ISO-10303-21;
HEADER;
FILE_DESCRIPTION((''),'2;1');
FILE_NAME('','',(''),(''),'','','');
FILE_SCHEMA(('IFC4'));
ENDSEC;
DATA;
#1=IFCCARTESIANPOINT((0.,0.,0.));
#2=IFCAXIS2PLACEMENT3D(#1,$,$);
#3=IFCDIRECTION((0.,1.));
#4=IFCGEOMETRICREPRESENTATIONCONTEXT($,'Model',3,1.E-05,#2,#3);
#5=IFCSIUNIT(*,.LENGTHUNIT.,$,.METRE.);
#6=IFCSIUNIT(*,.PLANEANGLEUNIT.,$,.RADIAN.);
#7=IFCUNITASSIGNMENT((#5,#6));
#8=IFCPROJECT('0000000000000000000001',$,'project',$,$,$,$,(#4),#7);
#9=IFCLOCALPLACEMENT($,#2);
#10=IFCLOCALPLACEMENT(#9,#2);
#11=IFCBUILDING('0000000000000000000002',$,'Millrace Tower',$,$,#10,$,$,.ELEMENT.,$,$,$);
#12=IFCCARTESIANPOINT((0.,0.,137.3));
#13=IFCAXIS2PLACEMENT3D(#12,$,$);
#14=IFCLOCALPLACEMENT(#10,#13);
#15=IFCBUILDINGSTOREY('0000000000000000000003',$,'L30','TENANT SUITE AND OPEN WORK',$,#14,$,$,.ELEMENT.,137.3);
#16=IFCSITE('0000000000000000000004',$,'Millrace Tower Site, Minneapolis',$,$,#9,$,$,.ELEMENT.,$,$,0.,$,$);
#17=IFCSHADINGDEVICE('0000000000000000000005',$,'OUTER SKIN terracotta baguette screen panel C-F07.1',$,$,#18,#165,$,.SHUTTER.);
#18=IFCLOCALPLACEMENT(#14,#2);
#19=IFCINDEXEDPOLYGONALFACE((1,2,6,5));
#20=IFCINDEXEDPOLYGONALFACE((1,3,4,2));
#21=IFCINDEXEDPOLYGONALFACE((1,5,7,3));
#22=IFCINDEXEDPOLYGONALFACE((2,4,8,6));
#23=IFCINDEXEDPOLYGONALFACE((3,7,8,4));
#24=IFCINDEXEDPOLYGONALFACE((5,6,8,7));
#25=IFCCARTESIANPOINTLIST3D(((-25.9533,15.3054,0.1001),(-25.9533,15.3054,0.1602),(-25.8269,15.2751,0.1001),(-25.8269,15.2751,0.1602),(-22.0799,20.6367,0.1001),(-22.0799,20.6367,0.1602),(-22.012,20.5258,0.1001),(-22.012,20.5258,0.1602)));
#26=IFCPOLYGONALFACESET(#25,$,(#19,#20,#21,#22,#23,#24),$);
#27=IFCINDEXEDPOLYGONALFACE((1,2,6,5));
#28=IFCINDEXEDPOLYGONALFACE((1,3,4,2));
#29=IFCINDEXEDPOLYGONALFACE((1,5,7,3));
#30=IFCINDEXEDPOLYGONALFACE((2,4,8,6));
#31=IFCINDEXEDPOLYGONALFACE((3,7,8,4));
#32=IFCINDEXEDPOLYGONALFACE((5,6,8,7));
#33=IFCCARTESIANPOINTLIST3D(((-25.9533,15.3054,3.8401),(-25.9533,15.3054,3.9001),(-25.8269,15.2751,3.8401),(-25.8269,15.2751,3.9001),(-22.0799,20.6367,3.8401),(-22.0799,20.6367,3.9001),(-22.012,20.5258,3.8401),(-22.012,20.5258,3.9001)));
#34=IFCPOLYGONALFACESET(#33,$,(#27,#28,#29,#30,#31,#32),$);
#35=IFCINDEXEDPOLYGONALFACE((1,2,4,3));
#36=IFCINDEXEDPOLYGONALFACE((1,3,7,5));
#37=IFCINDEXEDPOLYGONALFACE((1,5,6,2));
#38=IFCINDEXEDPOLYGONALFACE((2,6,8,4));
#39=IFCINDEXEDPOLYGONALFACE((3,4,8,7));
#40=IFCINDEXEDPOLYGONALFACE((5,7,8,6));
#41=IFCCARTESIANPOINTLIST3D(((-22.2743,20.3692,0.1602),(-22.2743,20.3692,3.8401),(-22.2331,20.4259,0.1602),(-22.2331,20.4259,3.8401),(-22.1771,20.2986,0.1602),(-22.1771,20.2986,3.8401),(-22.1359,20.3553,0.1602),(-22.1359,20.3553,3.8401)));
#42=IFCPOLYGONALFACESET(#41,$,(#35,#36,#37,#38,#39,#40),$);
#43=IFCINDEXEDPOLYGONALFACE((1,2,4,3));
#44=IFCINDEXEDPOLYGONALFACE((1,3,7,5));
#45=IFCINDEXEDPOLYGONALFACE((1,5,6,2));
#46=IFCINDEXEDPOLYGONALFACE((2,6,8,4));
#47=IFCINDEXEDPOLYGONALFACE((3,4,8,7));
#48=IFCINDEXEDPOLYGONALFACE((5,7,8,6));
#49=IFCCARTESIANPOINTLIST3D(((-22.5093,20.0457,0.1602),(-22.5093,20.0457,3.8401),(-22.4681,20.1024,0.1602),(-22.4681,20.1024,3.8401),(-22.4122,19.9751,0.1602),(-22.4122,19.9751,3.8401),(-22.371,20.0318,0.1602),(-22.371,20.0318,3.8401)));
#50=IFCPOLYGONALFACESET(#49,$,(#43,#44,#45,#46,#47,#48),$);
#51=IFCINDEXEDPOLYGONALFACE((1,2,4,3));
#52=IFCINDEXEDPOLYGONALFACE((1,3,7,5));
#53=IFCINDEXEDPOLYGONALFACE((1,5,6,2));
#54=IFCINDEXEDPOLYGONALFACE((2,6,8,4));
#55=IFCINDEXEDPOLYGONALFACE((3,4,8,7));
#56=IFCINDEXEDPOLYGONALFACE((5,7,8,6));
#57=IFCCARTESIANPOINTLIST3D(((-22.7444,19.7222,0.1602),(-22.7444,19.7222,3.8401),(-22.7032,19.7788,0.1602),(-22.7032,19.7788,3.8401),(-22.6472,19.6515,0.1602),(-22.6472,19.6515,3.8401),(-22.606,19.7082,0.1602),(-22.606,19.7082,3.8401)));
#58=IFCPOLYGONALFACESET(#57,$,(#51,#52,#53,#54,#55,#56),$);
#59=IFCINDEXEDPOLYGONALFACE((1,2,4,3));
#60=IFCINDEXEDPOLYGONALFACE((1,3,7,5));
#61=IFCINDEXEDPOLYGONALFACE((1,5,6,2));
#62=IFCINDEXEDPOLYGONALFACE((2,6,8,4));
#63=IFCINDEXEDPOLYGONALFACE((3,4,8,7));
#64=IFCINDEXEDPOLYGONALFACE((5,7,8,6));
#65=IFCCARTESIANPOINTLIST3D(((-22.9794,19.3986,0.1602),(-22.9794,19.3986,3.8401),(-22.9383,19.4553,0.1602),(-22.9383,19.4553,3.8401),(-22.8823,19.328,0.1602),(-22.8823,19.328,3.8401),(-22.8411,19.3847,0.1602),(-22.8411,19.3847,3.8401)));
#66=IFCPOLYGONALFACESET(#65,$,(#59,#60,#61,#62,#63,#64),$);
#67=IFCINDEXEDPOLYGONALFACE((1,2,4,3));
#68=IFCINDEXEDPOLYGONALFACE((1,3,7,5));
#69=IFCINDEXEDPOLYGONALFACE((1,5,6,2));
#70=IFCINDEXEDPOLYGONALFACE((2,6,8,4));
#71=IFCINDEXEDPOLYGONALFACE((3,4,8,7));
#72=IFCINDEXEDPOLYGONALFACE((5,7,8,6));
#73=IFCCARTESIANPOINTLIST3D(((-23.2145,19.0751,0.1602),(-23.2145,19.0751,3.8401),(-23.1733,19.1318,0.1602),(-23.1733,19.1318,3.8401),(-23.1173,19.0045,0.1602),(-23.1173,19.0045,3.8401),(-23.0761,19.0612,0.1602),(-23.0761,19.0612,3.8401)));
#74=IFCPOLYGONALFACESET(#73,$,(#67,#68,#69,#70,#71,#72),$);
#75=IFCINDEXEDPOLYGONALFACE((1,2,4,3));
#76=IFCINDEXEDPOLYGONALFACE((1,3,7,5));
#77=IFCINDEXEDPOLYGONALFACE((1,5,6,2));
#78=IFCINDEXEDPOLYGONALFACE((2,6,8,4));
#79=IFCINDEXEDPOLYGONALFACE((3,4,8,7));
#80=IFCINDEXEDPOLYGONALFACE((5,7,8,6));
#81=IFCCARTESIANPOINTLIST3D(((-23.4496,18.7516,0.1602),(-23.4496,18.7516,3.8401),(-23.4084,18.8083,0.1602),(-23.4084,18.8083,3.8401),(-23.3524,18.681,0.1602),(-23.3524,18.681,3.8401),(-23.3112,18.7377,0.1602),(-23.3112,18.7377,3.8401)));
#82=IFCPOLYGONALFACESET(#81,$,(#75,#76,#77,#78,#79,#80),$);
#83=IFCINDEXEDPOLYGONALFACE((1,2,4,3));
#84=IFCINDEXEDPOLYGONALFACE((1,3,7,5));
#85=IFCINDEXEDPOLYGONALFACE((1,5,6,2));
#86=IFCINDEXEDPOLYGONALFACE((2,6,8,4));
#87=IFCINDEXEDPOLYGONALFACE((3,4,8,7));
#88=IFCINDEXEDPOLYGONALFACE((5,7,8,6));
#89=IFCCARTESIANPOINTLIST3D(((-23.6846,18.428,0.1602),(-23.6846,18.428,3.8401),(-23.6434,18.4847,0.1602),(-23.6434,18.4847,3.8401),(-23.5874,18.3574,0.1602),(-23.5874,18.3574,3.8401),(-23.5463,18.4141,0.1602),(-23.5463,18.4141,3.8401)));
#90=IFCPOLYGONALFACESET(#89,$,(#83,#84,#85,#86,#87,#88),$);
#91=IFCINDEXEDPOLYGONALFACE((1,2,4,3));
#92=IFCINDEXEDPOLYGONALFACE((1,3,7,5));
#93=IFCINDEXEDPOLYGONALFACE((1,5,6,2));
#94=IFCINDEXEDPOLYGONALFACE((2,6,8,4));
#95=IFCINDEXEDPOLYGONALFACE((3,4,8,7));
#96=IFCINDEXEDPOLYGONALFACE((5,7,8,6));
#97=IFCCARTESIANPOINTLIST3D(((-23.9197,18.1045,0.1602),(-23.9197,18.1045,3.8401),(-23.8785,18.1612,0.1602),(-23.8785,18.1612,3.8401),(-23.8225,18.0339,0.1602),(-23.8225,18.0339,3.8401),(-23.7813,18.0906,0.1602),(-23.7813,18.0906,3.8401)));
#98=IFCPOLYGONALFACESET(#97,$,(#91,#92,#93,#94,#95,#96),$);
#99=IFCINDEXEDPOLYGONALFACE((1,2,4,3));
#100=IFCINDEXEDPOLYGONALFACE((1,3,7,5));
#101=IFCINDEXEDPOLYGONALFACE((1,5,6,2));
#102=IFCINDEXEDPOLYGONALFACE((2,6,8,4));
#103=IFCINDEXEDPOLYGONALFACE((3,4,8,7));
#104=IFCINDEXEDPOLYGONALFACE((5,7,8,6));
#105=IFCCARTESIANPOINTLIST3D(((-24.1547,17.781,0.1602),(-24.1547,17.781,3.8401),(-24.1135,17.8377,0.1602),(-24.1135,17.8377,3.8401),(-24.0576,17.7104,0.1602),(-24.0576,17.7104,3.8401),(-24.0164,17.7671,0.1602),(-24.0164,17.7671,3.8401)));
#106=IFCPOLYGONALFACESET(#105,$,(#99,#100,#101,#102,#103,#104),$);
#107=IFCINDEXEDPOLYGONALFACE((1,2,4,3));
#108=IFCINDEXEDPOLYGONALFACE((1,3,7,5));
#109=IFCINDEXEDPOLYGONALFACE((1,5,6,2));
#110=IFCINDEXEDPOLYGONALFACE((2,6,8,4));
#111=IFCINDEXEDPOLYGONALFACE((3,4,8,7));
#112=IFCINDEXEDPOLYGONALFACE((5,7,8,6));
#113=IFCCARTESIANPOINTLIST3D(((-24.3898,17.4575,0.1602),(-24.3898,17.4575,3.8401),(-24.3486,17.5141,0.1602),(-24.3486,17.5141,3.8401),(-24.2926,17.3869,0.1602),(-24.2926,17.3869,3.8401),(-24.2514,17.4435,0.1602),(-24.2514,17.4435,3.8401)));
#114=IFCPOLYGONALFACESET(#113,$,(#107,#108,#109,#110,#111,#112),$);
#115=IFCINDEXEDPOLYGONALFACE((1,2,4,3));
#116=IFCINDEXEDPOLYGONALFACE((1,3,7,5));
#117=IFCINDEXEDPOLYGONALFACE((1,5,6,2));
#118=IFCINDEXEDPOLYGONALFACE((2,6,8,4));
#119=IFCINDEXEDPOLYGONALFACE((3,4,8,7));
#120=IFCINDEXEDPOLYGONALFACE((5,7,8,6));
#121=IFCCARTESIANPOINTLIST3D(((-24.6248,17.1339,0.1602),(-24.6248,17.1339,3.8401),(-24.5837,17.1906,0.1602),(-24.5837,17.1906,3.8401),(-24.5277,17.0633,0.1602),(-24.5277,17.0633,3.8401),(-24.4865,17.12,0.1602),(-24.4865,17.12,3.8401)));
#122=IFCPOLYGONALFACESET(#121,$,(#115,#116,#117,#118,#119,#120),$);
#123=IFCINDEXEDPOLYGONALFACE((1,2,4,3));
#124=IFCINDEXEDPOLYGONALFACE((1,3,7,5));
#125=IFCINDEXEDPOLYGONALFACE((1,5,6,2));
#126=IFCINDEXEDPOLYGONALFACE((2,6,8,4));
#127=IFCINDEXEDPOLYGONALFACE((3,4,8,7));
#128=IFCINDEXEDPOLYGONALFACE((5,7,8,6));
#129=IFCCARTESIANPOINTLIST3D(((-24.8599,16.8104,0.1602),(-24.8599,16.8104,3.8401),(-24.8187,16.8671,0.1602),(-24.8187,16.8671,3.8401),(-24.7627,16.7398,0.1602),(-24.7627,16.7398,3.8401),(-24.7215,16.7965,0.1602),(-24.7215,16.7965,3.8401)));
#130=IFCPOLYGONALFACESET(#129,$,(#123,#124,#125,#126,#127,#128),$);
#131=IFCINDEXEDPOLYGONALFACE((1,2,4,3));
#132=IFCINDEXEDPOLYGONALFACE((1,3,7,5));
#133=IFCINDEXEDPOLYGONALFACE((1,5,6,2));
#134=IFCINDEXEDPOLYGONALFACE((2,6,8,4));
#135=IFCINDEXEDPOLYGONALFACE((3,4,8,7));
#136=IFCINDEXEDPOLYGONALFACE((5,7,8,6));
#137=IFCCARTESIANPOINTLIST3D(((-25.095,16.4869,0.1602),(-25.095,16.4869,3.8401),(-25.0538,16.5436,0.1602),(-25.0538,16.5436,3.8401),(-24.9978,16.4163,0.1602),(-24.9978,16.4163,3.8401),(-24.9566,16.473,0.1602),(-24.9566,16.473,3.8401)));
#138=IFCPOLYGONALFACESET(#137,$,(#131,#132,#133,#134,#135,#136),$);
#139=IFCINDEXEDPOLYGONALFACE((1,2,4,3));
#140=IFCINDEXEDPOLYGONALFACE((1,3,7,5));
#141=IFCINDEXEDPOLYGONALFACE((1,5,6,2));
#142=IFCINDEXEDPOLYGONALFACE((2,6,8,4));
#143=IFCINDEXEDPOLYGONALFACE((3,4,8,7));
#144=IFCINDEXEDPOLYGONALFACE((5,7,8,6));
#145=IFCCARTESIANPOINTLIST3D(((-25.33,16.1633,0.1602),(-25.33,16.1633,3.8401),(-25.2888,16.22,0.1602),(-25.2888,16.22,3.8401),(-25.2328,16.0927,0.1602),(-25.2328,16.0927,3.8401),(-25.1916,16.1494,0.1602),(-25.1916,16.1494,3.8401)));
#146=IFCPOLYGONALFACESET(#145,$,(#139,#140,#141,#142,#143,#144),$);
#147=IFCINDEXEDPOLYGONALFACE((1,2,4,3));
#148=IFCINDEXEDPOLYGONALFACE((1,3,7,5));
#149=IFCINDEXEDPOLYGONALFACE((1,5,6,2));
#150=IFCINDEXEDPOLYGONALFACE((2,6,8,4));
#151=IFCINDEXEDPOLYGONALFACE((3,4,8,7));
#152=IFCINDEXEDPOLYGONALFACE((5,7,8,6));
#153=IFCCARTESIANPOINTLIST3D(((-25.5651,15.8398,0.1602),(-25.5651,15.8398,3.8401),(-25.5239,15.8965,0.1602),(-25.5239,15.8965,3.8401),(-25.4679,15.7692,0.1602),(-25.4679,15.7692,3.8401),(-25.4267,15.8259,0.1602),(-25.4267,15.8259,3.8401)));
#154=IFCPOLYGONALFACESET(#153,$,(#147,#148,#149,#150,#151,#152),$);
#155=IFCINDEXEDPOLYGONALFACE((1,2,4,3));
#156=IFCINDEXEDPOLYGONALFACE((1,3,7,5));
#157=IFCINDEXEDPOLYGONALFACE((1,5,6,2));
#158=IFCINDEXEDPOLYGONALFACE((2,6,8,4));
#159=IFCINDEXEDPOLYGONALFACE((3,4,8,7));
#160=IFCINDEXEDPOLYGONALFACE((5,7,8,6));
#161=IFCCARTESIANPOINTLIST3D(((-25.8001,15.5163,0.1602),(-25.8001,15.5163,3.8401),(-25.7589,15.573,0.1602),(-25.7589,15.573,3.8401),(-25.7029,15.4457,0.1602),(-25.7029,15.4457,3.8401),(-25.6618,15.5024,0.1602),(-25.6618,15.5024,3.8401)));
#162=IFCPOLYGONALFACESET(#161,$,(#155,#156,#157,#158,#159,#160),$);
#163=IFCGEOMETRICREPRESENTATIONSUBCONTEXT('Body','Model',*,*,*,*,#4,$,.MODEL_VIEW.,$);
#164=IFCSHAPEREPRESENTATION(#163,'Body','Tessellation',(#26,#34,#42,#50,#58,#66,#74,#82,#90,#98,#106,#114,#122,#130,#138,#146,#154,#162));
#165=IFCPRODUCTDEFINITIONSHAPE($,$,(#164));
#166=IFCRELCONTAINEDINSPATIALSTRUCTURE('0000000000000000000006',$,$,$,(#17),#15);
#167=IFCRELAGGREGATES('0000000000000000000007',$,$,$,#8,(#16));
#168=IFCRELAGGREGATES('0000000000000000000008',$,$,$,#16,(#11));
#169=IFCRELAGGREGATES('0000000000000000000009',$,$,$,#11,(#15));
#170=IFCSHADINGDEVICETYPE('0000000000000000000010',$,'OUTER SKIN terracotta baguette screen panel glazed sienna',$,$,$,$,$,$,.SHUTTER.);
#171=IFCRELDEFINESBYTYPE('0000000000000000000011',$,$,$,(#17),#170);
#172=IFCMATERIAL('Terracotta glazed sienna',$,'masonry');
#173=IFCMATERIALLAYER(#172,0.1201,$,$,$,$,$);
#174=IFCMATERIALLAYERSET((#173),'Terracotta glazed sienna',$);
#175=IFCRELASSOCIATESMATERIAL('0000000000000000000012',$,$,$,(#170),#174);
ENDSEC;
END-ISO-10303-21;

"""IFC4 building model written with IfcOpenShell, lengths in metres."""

from ifc_helpers import new_model, entity, si_unit, direction, frame, frame_2d, origin, place, context, subcontext, project, spatial, rectangle, extrude, source, transform, mapped, material, layer, layer_set, type_object, element, save


model = new_model("IFC4")

# Units and contexts
model_context = context("Model", 3, precision=1e-05, world=origin(), true_north=direction((0.0, 1.0)))
body_context = subcontext(model_context, "Body", "Model", "MODEL_VIEW")
ifc_project = project(units=[si_unit("LENGTHUNIT", "METRE"), si_unit("PLANEANGLEUNIT", "RADIAN")], contexts=[model_context])

# Site, building, storey
site_placement = place(None, origin())
site = spatial("IfcSite", under=ifc_project, at=site_placement, Name="Millrace Tower Site, Minneapolis", CompositionType="ELEMENT", RefElevation=0.0)
building_placement = place(site_placement, origin())
building = spatial("IfcBuilding", under=site, at=building_placement, Name="Millrace Tower", CompositionType="ELEMENT")
storey_placement = place(building_placement, frame((0.0, 0.0, 137.3)))
storey = spatial("IfcBuildingStorey", under=building, at=storey_placement, Name="L30", Description="TENANT SUITE AND OPEN WORK", CompositionType="ELEMENT", Elevation=137.3)

# Shading device
ifc_material_1 = material(Name="Terracotta glazed sienna", Category="masonry")
ifc_layer_1 = layer(ifc_material_1, 0.1201)
ifc_layer_set_1 = layer_set([ifc_layer_1], Name="Terracotta glazed sienna")
shading_device_type = type_object("IfcShadingDeviceType", Name="OUTER SKIN terracotta baguette screen panel glazed sienna", PredefinedType="SHUTTER", material=ifc_layer_set_1)
cartesian_point_1 = entity("IfcCartesianPoint", [-3.2451, 0.0601])
shared_polyline_1 = entity("IfcPolyline", [cartesian_point_1, entity("IfcCartesianPoint", [3.2451, 0.0601]), entity("IfcCartesianPoint", [3.2949, -0.0601]), entity("IfcCartesianPoint", [-3.2949, -0.0601]), cartesian_point_1])
shared_shape_1 = source(origin(), body_context, "Body", "SweptSolid", [
    entity("IfcExtrudedAreaSolid", entity("IfcArbitraryClosedProfileDef", "AREA", None, shared_polyline_1), entity("IfcAxis2Placement3D", entity("IfcCartesianPoint", [0.0, 0.0, 0.0])), entity("IfcDirection", [0.0, 0.0, 1.0]), 0.0601),
    entity("IfcExtrudedAreaSolid", entity("IfcArbitraryClosedProfileDef", "AREA", None, shared_polyline_1), entity("IfcAxis2Placement3D", entity("IfcCartesianPoint", [0.0, 0.0, 3.74])), entity("IfcDirection", [0.0, 0.0, 1.0]), 0.0601),
    extrude(rectangle(XDim=0.0701, YDim=0.1201, at=frame_2d((-2.9993, 0.0))), frame((0.0, 0.0, 0.0601)), (0.0, 0.0, 1.0), 3.6799),
    extrude(rectangle(XDim=0.0701, YDim=0.1201, at=frame_2d((-2.5994, 0.0))), frame((0.0, 0.0, 0.0601)), (0.0, 0.0, 1.0), 3.6799),
    extrude(rectangle(XDim=0.0701, YDim=0.1201, at=frame_2d((-2.1995, 0.0))), frame((0.0, 0.0, 0.0601)), (0.0, 0.0, 1.0), 3.6799),
    extrude(rectangle(XDim=0.0701, YDim=0.1201, at=frame_2d((-1.7996, 0.0))), frame((0.0, 0.0, 0.0601)), (0.0, 0.0, 1.0), 3.6799),
    extrude(rectangle(XDim=0.0701, YDim=0.1201, at=frame_2d((-1.3997, 0.0))), frame((0.0, 0.0, 0.0601)), (0.0, 0.0, 1.0), 3.6799),
    extrude(rectangle(XDim=0.0701, YDim=0.1201, at=frame_2d((-0.9998, 0.0))), frame((0.0, 0.0, 0.0601)), (0.0, 0.0, 1.0), 3.6799),
    extrude(rectangle(XDim=0.0701, YDim=0.1201, at=frame_2d((-0.5999, 0.0))), frame((0.0, 0.0, 0.0601)), (0.0, 0.0, 1.0), 3.6799),
    extrude(rectangle(XDim=0.0701, YDim=0.1201, at=frame_2d((-0.2, 0.0))), frame((0.0, 0.0, 0.0601)), (0.0, 0.0, 1.0), 3.6799),
    extrude(rectangle(XDim=0.0701, YDim=0.1201, at=frame_2d((0.2, 0.0))), frame((0.0, 0.0, 0.0601)), (0.0, 0.0, 1.0), 3.6799),
    extrude(rectangle(XDim=0.0701, YDim=0.1201, at=frame_2d((0.5999, 0.0))), frame((0.0, 0.0, 0.0601)), (0.0, 0.0, 1.0), 3.6799),
    extrude(rectangle(XDim=0.0701, YDim=0.1201, at=frame_2d((0.9998, 0.0))), frame((0.0, 0.0, 0.0601)), (0.0, 0.0, 1.0), 3.6799),
    extrude(rectangle(XDim=0.0701, YDim=0.1201, at=frame_2d((1.3997, 0.0))), frame((0.0, 0.0, 0.0601)), (0.0, 0.0, 1.0), 3.6799),
    extrude(rectangle(XDim=0.0701, YDim=0.1201, at=frame_2d((1.7996, 0.0))), frame((0.0, 0.0, 0.0601)), (0.0, 0.0, 1.0), 3.6799),
    extrude(rectangle(XDim=0.0701, YDim=0.1201, at=frame_2d((2.1995, 0.0))), frame((0.0, 0.0, 0.0601)), (0.0, 0.0, 1.0), 3.6799),
    extrude(rectangle(XDim=0.0701, YDim=0.1201, at=frame_2d((2.5994, 0.0))), frame((0.0, 0.0, 0.0601)), (0.0, 0.0, 1.0), 3.6799),
    extrude(rectangle(XDim=0.0701, YDim=0.1201, at=frame_2d((2.9993, 0.0))), frame((0.0, 0.0, 0.0601)), (0.0, 0.0, 1.0), 3.6799),
])
shading_device_1_placement = place(storey_placement, frame((-23.968, 17.9358, 0.1001), z_axis=(0.0, 0.0, 1.0), x_axis=(-0.587785, -0.809017, 0.0)))
element("IfcShadingDevice", 1, at=shading_device_1_placement, inside=storey, type_object=shading_device_type, Name="OUTER SKIN terracotta baguette screen panel C-F07.1", PredefinedType="SHUTTER", context=body_context, shape_type="MappedRepresentation", body=[
    mapped(shared_shape_1, transform((0.0, 0.0, 0.0), scale=1.0)),
])

save(model, "model.ifc")
